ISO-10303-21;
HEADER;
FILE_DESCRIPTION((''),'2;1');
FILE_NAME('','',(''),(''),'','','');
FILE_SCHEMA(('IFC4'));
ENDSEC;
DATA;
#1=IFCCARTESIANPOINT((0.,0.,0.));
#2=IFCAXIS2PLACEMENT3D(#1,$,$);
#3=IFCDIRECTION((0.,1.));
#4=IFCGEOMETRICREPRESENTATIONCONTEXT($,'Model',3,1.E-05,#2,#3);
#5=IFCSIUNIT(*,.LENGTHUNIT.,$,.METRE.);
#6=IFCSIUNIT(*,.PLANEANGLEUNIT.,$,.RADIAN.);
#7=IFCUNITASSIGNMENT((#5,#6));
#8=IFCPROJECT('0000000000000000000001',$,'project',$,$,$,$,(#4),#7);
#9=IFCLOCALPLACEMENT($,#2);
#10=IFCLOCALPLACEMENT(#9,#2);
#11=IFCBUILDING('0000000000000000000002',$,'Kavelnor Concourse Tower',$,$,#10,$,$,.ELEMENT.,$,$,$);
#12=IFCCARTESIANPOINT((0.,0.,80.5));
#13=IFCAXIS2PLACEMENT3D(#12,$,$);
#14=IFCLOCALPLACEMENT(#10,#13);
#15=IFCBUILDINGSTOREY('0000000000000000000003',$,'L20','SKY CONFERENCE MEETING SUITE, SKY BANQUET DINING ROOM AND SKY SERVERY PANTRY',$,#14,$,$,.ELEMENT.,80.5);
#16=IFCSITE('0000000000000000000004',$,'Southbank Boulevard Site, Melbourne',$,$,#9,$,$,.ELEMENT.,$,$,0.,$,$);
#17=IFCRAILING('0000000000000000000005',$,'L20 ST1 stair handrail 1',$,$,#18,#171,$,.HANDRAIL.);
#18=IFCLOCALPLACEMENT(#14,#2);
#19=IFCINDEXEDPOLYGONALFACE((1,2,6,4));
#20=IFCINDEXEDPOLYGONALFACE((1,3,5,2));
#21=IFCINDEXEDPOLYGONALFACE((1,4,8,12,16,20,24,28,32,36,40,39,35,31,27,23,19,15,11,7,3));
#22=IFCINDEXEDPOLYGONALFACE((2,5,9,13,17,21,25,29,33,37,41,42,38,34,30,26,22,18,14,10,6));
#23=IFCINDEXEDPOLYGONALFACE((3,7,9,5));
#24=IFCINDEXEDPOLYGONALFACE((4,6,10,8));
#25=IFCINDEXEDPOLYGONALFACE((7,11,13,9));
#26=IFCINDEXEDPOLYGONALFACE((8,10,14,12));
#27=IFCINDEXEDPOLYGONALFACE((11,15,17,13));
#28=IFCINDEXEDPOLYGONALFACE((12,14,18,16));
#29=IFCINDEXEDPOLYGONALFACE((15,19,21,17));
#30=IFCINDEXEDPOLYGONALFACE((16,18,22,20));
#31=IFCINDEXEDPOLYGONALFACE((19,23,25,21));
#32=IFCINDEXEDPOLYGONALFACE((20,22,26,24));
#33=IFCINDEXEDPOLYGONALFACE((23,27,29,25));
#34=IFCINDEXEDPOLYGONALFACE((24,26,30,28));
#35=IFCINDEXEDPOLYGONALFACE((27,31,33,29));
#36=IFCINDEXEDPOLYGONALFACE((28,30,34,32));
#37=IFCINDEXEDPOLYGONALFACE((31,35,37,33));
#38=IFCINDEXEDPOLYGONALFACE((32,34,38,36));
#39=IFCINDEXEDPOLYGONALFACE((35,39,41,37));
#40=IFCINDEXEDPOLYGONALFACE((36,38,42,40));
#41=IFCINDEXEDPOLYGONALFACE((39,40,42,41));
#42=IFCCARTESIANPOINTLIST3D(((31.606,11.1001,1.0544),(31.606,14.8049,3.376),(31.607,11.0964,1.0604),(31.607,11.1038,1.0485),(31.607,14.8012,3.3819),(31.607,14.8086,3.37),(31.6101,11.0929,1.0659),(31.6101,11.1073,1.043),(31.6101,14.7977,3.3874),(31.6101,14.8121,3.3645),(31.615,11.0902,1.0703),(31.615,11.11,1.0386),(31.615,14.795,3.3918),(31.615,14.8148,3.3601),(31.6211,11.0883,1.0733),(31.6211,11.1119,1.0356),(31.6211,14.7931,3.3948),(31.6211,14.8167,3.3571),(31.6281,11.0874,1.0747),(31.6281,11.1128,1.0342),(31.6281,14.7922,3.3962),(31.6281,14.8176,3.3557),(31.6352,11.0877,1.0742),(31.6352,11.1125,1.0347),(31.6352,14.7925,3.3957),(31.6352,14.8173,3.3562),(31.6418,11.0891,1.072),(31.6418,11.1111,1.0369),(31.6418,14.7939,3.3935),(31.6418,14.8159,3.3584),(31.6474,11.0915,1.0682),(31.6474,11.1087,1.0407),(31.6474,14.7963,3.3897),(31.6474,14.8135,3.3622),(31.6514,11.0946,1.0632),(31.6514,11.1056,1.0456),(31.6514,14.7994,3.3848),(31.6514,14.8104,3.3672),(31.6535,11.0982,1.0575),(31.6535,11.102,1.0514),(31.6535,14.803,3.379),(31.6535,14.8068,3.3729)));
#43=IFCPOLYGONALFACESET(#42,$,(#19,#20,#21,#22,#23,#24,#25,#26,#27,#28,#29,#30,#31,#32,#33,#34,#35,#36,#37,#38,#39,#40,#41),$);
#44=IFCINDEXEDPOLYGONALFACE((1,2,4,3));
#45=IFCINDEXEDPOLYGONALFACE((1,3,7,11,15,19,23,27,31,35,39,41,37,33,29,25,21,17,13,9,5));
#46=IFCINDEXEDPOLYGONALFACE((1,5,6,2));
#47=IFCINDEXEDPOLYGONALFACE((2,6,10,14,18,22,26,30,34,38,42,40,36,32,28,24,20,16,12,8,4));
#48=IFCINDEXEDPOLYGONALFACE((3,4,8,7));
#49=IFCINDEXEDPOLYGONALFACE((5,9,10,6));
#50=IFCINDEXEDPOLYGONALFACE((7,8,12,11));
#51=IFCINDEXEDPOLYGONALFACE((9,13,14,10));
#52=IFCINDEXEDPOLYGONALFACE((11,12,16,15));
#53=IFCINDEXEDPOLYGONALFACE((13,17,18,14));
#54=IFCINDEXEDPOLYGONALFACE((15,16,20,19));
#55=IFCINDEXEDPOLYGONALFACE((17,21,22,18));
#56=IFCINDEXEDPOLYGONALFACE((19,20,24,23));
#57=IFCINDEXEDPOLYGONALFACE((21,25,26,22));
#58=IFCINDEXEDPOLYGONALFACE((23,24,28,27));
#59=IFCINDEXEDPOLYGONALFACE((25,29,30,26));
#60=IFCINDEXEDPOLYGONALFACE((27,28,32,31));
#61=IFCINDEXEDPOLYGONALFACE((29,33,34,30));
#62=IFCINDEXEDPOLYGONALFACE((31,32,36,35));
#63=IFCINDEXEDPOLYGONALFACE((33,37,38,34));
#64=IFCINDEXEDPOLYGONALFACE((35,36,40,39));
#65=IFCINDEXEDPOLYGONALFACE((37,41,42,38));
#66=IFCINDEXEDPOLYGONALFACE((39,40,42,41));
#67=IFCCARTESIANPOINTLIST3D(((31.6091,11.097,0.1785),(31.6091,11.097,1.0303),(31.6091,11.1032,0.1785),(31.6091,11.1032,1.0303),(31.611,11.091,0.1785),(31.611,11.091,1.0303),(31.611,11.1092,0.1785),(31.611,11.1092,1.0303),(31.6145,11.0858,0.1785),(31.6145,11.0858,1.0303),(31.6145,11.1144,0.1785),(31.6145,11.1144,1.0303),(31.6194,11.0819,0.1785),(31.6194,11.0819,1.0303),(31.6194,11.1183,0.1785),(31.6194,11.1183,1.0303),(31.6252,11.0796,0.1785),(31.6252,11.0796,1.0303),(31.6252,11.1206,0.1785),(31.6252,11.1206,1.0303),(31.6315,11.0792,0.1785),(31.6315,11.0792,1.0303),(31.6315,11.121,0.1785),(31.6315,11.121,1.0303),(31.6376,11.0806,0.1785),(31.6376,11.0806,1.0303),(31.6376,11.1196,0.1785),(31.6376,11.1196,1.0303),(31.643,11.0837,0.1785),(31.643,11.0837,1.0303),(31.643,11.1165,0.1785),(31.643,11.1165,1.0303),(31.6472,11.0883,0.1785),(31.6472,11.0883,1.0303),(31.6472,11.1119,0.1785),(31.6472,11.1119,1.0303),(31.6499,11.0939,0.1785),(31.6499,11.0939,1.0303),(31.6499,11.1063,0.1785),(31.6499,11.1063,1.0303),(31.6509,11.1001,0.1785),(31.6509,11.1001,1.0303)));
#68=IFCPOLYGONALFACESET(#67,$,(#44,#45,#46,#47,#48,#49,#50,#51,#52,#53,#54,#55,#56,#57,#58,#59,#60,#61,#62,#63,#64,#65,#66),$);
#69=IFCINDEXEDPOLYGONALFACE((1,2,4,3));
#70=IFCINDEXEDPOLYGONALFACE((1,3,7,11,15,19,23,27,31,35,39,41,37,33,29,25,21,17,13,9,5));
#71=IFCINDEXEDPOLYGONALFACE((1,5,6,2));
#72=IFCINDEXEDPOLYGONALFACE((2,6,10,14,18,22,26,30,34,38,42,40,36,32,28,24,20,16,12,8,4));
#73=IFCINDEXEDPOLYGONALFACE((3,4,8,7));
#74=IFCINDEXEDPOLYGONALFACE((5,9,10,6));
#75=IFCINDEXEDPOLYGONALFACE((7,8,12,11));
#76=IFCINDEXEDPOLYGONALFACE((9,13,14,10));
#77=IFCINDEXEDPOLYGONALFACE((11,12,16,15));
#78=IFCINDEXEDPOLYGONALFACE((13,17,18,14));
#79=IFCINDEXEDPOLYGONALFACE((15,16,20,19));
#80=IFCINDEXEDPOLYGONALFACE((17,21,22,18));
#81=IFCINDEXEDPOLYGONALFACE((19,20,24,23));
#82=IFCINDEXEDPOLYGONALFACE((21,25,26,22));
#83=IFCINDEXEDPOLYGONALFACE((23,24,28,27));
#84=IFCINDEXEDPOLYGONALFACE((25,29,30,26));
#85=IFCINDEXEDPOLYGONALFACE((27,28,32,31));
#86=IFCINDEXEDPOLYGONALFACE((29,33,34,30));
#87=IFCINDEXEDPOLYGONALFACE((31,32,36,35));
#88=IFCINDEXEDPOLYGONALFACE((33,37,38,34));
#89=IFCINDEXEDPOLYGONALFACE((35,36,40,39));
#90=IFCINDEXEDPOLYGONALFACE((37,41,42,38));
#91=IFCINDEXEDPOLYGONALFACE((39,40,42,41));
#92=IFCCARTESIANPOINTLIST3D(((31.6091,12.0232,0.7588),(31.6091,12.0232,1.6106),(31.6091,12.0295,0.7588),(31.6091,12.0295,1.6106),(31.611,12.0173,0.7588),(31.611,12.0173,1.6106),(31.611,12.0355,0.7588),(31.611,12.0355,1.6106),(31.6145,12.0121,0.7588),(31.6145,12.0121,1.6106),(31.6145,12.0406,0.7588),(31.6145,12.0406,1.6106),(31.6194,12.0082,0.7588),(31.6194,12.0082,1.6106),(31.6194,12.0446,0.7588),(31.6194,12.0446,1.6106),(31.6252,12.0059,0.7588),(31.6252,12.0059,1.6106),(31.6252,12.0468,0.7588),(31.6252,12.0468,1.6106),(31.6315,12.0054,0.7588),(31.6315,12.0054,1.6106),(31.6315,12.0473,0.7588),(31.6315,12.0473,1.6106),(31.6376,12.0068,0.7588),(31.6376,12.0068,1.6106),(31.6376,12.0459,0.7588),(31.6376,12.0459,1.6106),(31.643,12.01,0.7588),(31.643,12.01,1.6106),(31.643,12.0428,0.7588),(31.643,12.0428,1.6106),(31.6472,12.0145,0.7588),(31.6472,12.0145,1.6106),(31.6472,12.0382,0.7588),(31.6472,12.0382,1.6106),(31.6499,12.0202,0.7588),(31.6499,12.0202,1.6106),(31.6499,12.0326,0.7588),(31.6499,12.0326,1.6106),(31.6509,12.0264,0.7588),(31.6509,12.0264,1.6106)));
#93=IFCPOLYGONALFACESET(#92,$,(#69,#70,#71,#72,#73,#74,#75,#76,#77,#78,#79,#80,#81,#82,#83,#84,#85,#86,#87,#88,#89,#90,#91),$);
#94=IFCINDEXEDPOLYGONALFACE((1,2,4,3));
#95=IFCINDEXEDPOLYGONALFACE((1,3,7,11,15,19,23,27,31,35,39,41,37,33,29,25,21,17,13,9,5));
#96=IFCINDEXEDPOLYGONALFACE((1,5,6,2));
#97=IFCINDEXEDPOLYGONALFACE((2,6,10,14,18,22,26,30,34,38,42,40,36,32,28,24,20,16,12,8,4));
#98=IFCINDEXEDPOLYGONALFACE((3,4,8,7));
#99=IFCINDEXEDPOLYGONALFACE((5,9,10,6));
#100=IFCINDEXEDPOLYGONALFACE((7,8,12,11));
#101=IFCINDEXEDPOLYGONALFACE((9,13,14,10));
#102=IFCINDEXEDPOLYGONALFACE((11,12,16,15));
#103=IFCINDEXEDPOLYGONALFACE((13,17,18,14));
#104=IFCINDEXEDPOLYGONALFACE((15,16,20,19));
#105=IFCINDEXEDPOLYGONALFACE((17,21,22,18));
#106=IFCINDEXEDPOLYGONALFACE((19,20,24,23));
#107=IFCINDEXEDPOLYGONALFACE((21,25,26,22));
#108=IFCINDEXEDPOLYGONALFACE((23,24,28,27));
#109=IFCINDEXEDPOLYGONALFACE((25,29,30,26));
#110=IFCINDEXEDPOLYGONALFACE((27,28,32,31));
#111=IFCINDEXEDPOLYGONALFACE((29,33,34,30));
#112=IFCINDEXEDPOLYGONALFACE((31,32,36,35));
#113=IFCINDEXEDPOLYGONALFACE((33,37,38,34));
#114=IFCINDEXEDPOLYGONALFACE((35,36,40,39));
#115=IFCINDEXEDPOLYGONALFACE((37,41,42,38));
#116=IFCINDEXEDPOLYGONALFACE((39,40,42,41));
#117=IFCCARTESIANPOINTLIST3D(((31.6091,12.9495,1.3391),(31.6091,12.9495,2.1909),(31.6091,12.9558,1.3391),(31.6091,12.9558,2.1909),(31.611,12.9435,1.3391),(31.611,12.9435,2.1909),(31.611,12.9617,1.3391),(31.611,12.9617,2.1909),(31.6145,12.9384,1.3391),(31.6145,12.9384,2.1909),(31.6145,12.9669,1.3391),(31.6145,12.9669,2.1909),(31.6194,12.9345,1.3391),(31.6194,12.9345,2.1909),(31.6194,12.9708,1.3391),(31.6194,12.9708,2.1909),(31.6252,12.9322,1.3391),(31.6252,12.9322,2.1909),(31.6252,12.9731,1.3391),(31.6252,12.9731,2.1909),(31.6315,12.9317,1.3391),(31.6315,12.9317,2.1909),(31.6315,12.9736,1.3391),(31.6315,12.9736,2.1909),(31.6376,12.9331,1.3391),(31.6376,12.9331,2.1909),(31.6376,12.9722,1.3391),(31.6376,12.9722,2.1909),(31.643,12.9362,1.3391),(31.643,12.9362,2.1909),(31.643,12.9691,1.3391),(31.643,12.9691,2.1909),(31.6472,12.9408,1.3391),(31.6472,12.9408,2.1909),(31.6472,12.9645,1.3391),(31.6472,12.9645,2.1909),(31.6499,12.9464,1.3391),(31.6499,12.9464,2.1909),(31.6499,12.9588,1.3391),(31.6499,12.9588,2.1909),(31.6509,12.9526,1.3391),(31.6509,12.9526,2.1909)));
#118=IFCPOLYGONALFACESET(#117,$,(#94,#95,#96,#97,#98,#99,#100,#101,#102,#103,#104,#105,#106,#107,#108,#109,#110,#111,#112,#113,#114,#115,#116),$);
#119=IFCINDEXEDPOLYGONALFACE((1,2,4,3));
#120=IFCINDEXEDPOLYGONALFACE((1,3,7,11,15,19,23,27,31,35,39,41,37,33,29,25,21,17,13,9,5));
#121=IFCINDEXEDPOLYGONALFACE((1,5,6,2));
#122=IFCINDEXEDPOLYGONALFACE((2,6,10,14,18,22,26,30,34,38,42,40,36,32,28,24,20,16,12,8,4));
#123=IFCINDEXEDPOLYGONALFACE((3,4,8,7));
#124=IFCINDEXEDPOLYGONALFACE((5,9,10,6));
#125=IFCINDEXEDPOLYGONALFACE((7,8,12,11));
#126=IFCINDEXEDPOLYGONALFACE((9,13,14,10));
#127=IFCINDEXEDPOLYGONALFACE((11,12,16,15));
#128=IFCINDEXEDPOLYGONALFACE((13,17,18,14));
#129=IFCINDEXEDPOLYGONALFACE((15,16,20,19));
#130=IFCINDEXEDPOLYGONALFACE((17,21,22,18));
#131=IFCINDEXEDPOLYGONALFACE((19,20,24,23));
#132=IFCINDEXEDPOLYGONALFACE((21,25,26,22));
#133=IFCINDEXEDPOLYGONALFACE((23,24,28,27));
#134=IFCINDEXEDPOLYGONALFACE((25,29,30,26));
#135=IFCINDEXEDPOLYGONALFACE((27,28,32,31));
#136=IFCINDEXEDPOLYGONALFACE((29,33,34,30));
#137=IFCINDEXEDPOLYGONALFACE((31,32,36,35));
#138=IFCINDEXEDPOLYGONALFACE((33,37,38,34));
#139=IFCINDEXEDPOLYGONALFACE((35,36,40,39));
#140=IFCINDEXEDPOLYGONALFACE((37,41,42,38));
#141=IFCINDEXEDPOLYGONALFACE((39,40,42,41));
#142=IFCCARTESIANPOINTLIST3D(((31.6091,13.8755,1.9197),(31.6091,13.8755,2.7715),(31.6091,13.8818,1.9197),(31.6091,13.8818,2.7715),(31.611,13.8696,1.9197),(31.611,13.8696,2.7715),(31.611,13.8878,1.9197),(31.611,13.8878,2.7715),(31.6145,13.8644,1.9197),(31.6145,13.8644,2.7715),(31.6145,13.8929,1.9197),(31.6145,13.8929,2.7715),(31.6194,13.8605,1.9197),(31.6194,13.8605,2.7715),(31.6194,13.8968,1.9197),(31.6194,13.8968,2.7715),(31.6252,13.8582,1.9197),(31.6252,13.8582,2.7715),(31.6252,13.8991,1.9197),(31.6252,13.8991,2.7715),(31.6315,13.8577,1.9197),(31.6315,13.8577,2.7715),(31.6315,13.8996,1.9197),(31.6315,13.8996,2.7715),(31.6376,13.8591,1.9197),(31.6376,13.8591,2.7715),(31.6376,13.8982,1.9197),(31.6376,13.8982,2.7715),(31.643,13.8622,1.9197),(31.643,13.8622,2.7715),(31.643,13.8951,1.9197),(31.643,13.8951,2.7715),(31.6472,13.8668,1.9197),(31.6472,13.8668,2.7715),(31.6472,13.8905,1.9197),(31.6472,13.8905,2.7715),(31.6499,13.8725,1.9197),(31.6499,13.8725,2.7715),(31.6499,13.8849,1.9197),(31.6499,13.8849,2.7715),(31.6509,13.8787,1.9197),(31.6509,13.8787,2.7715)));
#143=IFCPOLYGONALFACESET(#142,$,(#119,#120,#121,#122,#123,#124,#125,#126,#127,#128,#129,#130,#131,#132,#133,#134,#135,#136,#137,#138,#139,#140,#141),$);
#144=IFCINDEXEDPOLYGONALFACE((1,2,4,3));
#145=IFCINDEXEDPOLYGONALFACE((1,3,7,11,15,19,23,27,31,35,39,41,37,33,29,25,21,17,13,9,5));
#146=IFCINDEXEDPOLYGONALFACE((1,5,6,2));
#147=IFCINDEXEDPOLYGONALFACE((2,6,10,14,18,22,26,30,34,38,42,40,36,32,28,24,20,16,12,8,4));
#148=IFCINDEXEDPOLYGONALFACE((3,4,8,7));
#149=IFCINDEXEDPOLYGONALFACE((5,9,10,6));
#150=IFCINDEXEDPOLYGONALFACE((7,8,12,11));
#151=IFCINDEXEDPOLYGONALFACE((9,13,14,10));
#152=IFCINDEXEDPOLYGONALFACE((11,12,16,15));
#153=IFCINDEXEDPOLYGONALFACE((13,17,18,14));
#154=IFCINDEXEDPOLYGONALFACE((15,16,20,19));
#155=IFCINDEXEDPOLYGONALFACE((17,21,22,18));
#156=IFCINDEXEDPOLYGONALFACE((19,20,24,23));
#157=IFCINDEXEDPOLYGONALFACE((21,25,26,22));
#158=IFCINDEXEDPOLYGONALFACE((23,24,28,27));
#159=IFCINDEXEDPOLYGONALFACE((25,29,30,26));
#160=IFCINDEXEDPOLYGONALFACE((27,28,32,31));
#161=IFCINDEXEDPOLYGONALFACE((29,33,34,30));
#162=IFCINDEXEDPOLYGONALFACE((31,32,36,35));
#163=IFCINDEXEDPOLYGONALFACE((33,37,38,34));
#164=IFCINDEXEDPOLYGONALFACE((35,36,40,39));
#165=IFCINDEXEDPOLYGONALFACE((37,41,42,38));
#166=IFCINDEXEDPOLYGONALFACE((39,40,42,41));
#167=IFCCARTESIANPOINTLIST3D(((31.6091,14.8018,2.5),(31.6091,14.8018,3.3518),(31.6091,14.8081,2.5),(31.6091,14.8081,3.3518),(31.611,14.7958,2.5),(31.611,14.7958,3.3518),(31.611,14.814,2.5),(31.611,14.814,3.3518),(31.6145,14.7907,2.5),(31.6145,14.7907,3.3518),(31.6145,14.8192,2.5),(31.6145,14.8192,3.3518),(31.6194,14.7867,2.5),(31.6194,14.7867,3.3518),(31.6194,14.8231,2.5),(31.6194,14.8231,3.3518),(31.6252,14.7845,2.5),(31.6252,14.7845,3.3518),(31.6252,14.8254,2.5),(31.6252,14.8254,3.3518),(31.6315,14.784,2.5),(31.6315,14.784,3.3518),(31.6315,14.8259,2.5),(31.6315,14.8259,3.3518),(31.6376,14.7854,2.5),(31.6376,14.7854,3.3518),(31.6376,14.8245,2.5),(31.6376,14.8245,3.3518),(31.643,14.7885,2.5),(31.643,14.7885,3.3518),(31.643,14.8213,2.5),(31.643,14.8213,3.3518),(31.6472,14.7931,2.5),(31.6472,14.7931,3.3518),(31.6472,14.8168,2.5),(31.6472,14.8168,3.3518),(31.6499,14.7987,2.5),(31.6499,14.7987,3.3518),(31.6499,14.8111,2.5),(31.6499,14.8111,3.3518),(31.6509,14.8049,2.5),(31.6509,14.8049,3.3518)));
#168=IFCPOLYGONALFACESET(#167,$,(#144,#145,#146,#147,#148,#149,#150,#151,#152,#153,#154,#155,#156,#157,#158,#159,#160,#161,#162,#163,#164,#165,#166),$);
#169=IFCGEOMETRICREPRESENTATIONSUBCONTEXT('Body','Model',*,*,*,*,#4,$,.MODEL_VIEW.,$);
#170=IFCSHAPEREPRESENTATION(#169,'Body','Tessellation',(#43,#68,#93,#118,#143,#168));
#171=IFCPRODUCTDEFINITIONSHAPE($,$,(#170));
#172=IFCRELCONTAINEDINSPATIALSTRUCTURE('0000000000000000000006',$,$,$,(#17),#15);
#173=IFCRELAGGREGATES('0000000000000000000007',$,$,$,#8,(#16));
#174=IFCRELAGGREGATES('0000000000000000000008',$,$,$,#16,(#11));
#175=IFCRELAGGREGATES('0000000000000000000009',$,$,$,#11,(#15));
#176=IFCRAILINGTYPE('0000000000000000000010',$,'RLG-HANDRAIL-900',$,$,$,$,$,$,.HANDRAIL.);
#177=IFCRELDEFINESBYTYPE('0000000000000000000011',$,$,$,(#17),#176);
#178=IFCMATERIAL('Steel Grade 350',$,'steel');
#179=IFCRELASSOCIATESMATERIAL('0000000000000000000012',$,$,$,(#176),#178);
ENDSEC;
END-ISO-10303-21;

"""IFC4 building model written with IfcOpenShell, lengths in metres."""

from ifc_helpers import new_model, si_unit, direction, frame, origin, origin_2d, place, context, subcontext, project, spatial, circle, extrude, material, type_object, element, save


model = new_model("IFC4")

# Units and contexts
model_context = context("Model", 3, precision=1e-05, world=origin(), true_north=direction((0.0, 1.0)))
body_context = subcontext(model_context, "Body", "Model", "MODEL_VIEW")
ifc_project = project(units=[si_unit("LENGTHUNIT", "METRE"), si_unit("PLANEANGLEUNIT", "RADIAN")], contexts=[model_context])

# Site, building, storey
site_placement = place(None, origin())
site = spatial("IfcSite", under=ifc_project, at=site_placement, Name="Southbank Boulevard Site, Melbourne", CompositionType="ELEMENT", RefElevation=0.0)
building_placement = place(site_placement, origin())
building = spatial("IfcBuilding", under=site, at=building_placement, Name="Kavelnor Concourse Tower", CompositionType="ELEMENT")
storey_placement = place(building_placement, frame((0.0, 0.0, 80.5)))
storey = spatial("IfcBuildingStorey", under=building, at=storey_placement, Name="L20", Description="SKY CONFERENCE MEETING SUITE, SKY BANQUET DINING ROOM AND SKY SERVERY PANTRY", CompositionType="ELEMENT", Elevation=80.5)

# Shared definitions
ifc_material_1 = material(Name="Steel Grade 350", Category="steel")

# Railing
railing_type = type_object("IfcRailingType", Name="RLG-HANDRAIL-900", PredefinedType="HANDRAIL", material=ifc_material_1)
railing_placement = place(storey_placement, frame((31.6299, 11.1001, 0.1785)))
element("IfcRailing", 1, at=railing_placement, inside=storey, type_object=railing_type, Name="L20 ST1 stair handrail 1", PredefinedType="HANDRAIL", context=body_context, shape_type="SweptSolid", body=[
    extrude(circle(Radius=0.0239, at=origin_2d()), frame((0.0, 0.0, 0.876), z_axis=(0.0, 0.84738, 0.530987), x_axis=(-1.0, 0.0, 0.0)), (0.0, 0.0, 1.0), 4.3721),
    extrude(circle(Radius=0.021, at=origin_2d()), origin(), (0.0, 0.0, 1.0), 0.8518),
    extrude(circle(Radius=0.021, at=origin_2d()), frame((0.0, 0.9263, 0.5803)), (0.0, 0.0, 1.0), 0.8518),
    extrude(circle(Radius=0.021, at=origin_2d()), frame((0.0, 1.8525, 1.1606)), (0.0, 0.0, 1.0), 0.8518),
    extrude(circle(Radius=0.021, at=origin_2d()), frame((0.0, 2.7786, 1.7412)), (0.0, 0.0, 1.0), 0.8518),
    extrude(circle(Radius=0.021, at=origin_2d()), frame((0.0, 3.7048, 2.3215)), (0.0, 0.0, 1.0), 0.8518),
])

save(model, "model.ifc")
